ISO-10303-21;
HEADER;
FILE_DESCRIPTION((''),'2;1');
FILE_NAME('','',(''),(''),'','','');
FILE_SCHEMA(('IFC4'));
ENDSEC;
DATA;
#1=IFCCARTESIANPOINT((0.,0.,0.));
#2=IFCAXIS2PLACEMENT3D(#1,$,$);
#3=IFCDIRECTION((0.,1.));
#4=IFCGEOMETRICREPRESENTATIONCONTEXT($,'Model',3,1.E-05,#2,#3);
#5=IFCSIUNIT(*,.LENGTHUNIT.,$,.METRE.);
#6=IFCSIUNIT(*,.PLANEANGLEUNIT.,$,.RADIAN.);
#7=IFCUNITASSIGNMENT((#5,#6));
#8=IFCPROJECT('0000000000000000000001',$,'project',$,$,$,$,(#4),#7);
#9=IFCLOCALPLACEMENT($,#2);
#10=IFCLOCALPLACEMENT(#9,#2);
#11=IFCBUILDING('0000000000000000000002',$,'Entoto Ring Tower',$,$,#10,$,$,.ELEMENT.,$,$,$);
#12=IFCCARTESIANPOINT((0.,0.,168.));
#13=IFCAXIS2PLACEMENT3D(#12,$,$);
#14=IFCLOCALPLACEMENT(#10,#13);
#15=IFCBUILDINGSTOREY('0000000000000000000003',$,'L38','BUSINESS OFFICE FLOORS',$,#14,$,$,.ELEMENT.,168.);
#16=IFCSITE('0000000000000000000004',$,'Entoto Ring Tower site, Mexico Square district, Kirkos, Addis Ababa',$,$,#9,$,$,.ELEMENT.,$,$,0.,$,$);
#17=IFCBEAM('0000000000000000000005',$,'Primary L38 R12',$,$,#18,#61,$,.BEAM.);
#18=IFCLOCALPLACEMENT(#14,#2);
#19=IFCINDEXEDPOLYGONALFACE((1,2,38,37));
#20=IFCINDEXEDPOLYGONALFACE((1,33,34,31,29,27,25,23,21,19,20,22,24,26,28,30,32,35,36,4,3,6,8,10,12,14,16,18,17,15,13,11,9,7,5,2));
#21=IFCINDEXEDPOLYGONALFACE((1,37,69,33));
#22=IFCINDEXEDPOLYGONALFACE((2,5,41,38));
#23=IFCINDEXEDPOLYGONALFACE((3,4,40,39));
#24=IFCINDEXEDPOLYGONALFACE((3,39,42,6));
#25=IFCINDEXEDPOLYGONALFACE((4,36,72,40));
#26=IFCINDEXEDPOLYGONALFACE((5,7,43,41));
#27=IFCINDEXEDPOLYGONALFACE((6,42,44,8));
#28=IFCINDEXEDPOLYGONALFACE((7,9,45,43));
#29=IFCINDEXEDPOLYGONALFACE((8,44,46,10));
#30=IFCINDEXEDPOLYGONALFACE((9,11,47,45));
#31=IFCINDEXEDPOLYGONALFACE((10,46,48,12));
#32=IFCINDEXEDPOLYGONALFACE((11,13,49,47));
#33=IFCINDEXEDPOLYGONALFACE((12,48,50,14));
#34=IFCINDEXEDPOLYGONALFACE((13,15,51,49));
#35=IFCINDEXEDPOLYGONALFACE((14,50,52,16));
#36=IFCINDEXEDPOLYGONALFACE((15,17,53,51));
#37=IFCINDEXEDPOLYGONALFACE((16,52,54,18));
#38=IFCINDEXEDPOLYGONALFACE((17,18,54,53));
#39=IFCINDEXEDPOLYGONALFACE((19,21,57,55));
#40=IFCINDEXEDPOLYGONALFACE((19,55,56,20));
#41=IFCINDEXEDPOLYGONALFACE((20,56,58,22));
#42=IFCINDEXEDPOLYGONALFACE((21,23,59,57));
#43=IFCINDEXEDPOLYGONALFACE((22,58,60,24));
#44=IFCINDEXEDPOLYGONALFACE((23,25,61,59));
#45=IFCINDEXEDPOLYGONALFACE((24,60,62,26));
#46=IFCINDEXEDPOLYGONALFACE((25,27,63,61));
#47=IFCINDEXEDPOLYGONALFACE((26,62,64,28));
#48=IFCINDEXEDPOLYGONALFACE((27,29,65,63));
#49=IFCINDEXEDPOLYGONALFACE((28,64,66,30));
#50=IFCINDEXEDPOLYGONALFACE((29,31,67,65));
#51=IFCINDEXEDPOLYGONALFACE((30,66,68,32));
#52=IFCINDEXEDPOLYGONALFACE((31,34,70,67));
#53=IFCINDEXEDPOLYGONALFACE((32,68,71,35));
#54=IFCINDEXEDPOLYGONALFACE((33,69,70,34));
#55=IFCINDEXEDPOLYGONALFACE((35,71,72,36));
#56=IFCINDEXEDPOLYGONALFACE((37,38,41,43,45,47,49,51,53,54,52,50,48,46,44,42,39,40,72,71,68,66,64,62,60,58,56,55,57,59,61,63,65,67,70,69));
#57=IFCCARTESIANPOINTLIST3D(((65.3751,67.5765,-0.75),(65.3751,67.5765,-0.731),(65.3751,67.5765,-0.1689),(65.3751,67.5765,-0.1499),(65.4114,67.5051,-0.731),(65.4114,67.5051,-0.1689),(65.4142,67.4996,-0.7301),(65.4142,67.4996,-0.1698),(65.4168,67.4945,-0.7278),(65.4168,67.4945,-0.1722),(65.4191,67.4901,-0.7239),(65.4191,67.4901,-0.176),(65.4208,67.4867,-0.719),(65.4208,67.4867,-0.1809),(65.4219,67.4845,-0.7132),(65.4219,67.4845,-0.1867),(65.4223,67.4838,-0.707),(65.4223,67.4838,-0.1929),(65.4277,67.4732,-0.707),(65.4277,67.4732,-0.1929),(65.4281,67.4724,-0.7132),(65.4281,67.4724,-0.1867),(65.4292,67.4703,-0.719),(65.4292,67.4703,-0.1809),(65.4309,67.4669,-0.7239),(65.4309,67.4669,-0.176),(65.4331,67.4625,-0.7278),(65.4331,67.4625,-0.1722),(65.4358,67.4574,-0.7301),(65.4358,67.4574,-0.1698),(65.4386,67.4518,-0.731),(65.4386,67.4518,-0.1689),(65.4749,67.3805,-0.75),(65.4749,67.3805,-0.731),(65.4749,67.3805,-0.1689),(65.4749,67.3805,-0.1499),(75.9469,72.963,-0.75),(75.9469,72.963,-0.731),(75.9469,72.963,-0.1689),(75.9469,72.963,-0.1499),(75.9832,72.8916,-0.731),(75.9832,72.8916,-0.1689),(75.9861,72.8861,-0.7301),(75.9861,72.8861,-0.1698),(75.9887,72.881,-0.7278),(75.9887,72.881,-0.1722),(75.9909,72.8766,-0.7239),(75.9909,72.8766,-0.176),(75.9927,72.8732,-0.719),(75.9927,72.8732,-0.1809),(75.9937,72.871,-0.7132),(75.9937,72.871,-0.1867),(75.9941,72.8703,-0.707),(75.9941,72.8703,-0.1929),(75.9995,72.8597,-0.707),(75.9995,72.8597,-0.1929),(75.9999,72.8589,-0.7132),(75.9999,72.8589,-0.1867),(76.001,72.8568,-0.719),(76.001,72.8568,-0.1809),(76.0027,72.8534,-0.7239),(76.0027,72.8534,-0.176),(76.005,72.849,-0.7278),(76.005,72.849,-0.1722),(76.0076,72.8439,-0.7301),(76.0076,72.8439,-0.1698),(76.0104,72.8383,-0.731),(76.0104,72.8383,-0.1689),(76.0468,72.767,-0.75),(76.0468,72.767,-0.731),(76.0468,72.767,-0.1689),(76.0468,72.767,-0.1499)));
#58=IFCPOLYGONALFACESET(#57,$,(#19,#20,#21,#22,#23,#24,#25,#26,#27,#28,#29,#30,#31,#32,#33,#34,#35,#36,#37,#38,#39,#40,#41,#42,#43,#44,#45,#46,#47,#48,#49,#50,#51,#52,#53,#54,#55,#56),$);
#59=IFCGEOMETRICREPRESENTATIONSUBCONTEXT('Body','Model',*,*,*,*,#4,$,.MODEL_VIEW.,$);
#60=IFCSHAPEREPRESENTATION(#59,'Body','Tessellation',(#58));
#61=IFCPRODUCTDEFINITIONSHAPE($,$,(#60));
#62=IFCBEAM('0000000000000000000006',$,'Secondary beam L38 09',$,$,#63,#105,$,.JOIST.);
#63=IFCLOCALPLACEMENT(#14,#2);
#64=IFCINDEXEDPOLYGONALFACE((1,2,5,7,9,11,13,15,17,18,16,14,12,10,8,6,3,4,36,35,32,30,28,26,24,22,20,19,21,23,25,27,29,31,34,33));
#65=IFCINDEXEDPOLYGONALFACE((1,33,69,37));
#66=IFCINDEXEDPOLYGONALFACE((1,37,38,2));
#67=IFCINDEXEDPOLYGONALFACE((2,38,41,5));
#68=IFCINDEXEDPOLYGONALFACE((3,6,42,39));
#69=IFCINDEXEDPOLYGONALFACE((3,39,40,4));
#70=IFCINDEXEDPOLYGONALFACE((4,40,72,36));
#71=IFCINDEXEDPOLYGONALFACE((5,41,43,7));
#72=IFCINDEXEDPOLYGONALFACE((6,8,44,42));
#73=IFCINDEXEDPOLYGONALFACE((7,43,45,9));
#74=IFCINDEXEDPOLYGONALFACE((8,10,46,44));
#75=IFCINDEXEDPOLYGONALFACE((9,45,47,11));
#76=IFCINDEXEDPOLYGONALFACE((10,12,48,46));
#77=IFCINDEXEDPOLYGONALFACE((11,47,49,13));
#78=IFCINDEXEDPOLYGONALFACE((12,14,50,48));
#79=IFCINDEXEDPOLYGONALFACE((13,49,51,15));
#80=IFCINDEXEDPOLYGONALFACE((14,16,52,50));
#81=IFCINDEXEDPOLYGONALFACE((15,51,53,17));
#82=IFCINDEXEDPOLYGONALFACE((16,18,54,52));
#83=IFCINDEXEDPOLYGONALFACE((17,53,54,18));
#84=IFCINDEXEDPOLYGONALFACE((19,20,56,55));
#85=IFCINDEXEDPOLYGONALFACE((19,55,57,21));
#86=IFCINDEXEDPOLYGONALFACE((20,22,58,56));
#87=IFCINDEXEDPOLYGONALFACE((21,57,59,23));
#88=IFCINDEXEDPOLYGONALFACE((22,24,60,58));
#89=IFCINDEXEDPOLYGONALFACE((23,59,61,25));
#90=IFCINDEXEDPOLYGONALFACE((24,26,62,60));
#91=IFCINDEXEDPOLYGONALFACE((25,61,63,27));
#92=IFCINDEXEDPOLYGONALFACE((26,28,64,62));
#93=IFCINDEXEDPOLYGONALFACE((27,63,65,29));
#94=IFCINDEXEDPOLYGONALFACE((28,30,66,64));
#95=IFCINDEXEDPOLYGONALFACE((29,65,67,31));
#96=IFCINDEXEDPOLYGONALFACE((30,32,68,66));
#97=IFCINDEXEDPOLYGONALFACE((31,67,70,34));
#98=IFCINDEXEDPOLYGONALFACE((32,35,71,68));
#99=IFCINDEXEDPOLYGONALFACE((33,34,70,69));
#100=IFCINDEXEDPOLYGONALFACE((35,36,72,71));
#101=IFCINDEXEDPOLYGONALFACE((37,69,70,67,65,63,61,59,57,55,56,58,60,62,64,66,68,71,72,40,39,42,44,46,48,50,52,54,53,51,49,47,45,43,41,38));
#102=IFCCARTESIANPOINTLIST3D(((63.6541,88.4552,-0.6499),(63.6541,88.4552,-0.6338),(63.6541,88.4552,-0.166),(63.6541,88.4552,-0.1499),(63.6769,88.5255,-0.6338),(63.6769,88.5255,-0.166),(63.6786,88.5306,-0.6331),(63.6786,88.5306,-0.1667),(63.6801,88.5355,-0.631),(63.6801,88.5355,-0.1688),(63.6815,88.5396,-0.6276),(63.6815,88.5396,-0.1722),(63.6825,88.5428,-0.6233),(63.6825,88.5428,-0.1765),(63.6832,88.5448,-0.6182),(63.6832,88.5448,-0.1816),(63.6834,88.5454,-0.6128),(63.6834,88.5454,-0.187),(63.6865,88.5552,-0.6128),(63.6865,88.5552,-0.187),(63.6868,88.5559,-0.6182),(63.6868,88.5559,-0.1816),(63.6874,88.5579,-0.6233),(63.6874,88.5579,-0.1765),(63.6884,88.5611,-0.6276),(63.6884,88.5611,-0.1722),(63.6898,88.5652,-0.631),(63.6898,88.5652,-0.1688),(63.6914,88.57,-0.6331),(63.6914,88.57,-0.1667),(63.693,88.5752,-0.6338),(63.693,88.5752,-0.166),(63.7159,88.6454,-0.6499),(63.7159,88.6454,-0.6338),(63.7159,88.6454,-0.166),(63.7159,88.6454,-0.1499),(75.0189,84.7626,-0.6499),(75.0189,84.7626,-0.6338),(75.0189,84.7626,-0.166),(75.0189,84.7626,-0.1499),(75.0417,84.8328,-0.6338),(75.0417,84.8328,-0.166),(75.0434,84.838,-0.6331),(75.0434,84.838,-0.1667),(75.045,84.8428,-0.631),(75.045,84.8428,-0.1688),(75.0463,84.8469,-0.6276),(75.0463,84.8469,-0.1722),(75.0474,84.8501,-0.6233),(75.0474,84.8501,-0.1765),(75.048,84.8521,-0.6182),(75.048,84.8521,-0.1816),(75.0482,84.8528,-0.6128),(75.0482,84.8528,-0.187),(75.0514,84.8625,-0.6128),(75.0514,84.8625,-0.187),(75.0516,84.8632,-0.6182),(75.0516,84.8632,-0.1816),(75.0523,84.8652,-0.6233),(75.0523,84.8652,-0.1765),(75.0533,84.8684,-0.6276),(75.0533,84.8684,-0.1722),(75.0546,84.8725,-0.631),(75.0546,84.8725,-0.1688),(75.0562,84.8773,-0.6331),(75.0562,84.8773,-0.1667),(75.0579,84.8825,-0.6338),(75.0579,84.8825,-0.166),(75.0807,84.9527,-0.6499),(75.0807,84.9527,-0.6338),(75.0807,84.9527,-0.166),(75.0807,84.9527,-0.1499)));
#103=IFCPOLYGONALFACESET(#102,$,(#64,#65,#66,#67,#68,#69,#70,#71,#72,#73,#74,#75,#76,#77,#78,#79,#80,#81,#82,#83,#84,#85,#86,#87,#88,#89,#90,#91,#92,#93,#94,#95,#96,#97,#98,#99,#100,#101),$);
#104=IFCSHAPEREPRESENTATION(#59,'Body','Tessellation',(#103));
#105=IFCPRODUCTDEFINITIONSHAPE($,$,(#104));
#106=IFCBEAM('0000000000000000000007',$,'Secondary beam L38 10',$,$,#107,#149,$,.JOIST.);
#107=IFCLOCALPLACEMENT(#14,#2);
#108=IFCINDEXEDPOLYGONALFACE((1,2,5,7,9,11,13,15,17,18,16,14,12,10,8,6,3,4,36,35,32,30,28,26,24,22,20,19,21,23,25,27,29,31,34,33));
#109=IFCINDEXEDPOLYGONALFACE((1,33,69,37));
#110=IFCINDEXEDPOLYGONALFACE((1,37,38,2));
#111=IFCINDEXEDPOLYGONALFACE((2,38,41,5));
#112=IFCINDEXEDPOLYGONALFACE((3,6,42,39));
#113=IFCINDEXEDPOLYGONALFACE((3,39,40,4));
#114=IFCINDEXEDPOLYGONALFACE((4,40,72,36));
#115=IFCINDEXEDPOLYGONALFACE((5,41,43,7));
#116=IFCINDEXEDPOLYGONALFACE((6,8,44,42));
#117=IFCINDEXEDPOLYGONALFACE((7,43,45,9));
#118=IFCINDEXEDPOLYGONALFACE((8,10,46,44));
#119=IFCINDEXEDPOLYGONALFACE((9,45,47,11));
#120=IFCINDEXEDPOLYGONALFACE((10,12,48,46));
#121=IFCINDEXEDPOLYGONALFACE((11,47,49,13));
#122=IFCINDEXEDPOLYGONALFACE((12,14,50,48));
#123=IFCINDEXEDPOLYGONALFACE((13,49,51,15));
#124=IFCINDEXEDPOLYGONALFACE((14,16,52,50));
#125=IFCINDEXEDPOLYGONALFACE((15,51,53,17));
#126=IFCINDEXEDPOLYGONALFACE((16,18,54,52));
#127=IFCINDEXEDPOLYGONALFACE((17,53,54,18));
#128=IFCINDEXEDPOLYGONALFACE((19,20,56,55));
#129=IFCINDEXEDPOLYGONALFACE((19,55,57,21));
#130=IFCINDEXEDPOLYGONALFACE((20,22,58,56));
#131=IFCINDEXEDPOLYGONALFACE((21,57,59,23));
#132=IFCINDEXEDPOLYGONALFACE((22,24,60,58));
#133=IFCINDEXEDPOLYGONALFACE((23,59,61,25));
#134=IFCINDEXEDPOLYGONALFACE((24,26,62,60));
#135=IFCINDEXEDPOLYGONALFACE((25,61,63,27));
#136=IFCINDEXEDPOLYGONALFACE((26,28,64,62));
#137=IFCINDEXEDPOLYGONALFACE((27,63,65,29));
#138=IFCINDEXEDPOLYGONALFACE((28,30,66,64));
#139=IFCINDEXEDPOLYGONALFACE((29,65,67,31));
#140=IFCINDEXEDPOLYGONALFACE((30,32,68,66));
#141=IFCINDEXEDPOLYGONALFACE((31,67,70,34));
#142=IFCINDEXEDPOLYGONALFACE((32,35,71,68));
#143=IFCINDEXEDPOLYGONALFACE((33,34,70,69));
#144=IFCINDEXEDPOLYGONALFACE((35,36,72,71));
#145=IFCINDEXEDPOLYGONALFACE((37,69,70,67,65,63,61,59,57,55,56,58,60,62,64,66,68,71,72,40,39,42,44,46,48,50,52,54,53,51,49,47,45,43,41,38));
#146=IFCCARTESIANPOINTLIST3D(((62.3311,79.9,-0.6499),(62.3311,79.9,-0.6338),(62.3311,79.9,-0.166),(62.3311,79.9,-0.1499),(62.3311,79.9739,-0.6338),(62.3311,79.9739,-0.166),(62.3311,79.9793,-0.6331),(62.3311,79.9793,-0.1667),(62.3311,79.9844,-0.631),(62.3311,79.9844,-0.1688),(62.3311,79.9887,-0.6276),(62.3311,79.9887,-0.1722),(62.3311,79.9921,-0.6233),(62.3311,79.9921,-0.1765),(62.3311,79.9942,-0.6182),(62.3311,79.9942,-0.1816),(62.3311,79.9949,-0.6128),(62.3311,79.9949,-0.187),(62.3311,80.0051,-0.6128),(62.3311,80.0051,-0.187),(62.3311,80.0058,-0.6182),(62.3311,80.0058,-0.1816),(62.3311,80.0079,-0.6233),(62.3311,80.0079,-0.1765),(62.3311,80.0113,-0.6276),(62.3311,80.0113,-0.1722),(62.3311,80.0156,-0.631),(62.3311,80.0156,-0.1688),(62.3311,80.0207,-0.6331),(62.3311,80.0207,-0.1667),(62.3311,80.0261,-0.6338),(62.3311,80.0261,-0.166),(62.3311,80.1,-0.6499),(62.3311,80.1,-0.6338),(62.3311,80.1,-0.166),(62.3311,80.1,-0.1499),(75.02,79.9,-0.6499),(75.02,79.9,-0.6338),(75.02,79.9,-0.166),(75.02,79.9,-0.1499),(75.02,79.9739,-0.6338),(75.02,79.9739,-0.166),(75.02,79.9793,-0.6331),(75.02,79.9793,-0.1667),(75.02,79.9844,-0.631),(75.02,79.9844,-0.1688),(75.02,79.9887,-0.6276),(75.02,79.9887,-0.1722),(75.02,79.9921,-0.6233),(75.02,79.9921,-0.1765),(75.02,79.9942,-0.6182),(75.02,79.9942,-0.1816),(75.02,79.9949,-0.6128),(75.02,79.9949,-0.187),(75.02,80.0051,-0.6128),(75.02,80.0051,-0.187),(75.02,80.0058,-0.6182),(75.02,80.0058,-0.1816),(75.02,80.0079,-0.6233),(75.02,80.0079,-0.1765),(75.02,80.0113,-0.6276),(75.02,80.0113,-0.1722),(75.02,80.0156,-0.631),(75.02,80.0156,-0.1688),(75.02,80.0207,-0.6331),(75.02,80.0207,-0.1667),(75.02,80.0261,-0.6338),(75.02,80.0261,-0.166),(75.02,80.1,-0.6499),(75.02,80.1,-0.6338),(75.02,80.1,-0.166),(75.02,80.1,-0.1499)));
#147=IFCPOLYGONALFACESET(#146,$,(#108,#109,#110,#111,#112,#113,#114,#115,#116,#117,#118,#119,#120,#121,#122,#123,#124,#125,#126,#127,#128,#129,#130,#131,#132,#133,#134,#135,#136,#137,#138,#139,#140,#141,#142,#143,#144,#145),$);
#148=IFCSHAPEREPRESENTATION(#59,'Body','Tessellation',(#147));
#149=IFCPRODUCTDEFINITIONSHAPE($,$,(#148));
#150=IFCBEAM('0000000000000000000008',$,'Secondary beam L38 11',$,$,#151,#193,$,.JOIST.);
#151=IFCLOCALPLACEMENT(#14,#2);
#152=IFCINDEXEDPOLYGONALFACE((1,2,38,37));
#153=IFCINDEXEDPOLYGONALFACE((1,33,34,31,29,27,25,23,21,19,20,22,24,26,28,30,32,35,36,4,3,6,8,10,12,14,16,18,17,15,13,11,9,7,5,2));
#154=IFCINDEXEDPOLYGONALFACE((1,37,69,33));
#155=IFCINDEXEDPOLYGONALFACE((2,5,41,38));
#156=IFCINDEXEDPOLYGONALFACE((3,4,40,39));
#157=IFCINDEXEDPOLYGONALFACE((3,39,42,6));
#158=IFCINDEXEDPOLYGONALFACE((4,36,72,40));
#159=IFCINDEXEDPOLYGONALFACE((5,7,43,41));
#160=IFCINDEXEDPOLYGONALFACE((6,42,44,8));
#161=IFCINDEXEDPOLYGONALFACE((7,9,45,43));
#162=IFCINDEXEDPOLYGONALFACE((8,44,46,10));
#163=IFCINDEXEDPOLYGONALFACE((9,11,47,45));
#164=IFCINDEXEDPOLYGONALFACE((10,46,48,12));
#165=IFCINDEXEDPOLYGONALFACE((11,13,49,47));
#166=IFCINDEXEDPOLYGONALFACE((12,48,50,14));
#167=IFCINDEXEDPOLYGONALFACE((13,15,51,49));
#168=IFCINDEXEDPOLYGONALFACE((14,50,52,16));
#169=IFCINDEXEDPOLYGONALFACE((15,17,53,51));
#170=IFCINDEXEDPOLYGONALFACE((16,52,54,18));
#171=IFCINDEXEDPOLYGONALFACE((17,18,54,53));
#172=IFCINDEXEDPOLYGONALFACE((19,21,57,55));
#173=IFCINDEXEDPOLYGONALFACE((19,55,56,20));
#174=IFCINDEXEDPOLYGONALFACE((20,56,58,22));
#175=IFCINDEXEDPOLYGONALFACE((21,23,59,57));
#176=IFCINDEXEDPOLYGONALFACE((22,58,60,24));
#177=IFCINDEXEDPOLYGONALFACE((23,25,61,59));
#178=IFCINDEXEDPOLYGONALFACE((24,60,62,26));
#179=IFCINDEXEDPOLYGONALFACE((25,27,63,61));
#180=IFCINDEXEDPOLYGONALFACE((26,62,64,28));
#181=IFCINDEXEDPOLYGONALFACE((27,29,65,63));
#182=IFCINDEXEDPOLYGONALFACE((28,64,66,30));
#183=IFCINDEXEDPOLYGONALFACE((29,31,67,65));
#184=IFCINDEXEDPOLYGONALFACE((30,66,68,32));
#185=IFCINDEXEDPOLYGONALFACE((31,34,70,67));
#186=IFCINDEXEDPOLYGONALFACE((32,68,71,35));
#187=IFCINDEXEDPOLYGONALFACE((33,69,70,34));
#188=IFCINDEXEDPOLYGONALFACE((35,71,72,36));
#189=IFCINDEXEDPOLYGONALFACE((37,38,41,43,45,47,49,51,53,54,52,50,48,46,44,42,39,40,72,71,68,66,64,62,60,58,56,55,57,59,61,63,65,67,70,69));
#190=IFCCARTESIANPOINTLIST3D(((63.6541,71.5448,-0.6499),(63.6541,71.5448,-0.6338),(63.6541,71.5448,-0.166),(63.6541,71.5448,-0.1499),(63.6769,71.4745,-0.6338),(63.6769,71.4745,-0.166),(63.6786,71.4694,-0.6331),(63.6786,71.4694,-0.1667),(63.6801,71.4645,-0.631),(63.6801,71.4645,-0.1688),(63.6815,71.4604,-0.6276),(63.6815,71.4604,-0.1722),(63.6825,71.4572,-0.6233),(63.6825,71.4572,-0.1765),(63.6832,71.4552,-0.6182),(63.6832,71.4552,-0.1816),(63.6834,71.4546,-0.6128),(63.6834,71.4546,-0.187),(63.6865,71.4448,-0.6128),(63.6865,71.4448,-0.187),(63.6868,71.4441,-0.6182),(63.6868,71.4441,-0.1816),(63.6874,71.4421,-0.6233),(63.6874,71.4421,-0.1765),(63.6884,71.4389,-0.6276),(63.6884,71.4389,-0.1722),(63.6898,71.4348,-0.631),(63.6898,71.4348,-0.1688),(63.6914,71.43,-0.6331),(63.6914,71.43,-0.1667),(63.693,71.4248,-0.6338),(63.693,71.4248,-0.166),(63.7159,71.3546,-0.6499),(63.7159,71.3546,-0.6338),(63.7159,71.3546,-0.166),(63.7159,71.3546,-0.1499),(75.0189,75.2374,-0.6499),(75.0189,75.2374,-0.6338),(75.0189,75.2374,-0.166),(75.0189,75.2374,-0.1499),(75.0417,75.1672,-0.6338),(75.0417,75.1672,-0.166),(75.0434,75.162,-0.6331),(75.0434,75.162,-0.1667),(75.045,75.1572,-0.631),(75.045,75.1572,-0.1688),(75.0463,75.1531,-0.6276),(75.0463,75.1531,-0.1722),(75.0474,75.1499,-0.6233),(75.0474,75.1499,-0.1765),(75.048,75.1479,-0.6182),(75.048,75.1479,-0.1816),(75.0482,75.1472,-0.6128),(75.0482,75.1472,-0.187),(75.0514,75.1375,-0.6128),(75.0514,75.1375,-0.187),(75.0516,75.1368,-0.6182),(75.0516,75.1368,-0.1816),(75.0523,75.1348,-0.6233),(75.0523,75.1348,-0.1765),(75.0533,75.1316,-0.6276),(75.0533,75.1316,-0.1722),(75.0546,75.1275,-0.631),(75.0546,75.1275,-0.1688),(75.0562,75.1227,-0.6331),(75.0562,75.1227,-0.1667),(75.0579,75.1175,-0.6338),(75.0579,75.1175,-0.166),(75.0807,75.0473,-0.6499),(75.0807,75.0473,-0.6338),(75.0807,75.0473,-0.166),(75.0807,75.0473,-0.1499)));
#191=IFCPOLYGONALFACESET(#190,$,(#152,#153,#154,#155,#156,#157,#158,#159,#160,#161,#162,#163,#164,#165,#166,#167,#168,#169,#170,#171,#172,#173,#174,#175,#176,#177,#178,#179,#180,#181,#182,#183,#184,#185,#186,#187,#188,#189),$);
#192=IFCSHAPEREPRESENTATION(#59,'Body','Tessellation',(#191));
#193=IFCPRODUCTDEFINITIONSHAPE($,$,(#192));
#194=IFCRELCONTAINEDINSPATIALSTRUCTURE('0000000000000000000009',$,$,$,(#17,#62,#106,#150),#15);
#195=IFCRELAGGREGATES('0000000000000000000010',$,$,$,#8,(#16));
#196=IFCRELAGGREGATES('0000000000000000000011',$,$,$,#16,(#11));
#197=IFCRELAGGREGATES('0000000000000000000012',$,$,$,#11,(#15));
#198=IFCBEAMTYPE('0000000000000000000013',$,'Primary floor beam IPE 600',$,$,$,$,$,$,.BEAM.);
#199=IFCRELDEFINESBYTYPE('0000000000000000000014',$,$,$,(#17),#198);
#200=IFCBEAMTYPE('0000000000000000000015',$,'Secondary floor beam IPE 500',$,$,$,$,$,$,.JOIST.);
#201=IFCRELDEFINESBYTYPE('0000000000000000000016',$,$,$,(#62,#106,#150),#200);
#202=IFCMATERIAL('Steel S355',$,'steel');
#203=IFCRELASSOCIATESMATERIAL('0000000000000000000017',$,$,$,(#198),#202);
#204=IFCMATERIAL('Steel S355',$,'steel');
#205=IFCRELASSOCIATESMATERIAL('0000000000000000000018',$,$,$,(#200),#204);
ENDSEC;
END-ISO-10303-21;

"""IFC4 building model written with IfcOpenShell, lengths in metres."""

from ifc_helpers import new_model, si_unit, direction, frame, origin, origin_2d, place, context, subcontext, project, spatial, i_section, extrude, material, material_profile, profile_set, type_object, element, save


model = new_model("IFC4")

# Units and contexts
model_context = context("Model", 3, precision=1e-05, world=origin(), true_north=direction((0.0, 1.0)))
body_context = subcontext(model_context, "Body", "Model", "MODEL_VIEW")
ifc_project = project(units=[si_unit("LENGTHUNIT", "METRE"), si_unit("PLANEANGLEUNIT", "RADIAN")], contexts=[model_context])

# Site, building, storey
site_placement = place(None, origin())
site = spatial("IfcSite", under=ifc_project, at=site_placement, Name="Entoto Ring Tower site, Mexico Square district, Kirkos, Addis Ababa", CompositionType="ELEMENT", RefElevation=0.0)
building_placement = place(site_placement, origin())
building = spatial("IfcBuilding", under=site, at=building_placement, Name="Entoto Ring Tower", CompositionType="ELEMENT")
storey_placement = place(building_placement, frame((0.0, 0.0, 168.0)))
storey = spatial("IfcBuildingStorey", under=building, at=storey_placement, Name="L38", Description="BUSINESS OFFICE FLOORS", CompositionType="ELEMENT", Elevation=168.0)

# Beams
ifc_material_1 = material(Name="Steel S355", Category="steel")
ifc_material_profile_1 = material_profile(ifc_material_1, i_section(OverallWidth=0.22, OverallDepth=0.6001, WebThickness=0.012, FlangeThickness=0.019, FilletRadius=0.0239, at=origin_2d()), Name="IPE 600")
ifc_profile_set_1 = profile_set([ifc_material_profile_1], Name="Steel S355")
beam_type_1 = type_object("IfcBeamType", Name="Primary floor beam IPE 600", PredefinedType="BEAM", material=ifc_profile_set_1)
beam_1_placement = place(storey_placement, frame((75.9968, 72.865, -0.45), z_axis=(-0.89101, -0.453983, 0.0), x_axis=(0.453983, -0.89101, 0.0)))
element("IfcBeam", 1, at=beam_1_placement, inside=storey, type_object=beam_type_1, Name="Primary L38 R12", PredefinedType="BEAM", context=body_context, shape_type="SweptSolid", body=[
    extrude(i_section(OverallWidth=0.22, OverallDepth=0.6001, WebThickness=0.012, FlangeThickness=0.019, FilletRadius=0.0239, at=origin_2d()), origin(), (0.0, 0.0, 1.0), 11.865),
])
ifc_material_2 = material(Name="Steel S355", Category="steel")
ifc_material_profile_2 = material_profile(ifc_material_2, i_section(OverallWidth=0.2, OverallDepth=0.5, WebThickness=0.0103, FlangeThickness=0.0161, FilletRadius=0.021, at=origin_2d()), Name="IPE 500")
ifc_profile_set_2 = profile_set([ifc_material_profile_2], Name="Steel S355")
beam_type_2 = type_object("IfcBeamType", Name="Secondary floor beam IPE 500", PredefinedType="JOIST", material=ifc_profile_set_2)
beam_2_placement = place(storey_placement, frame((75.0498, 84.8577, -0.3999), z_axis=(-0.951057, 0.309017, 0.0), x_axis=(-0.309017, -0.951057, 0.0)))
element("IfcBeam", 2, at=beam_2_placement, inside=storey, type_object=beam_type_2, Name="Secondary beam L38 09", PredefinedType="JOIST", context=body_context, shape_type="SweptSolid", body=[
    extrude(i_section(OverallWidth=0.2, OverallDepth=0.5, WebThickness=0.0103, FlangeThickness=0.0161, FilletRadius=0.021, at=origin_2d()), origin(), (0.0, 0.0, 1.0), 11.9497),
])
beam_3_placement = place(storey_placement, frame((75.02, 80.0, -0.3999), z_axis=(-1.0, 0.0, 0.0), x_axis=(0.0, -1.0, 0.0)))
element("IfcBeam", 3, at=beam_3_placement, inside=storey, type_object=beam_type_2, Name="Secondary beam L38 10", PredefinedType="JOIST", context=body_context, shape_type="SweptSolid", body=[
    extrude(i_section(OverallWidth=0.2, OverallDepth=0.5, WebThickness=0.0103, FlangeThickness=0.0161, FilletRadius=0.021, at=origin_2d()), origin(), (0.0, 0.0, 1.0), 12.689),
])
beam_4_placement = place(storey_placement, frame((75.0498, 75.1423, -0.3999), z_axis=(-0.951057, -0.309017, 0.0), x_axis=(0.309017, -0.951057, 0.0)))
element("IfcBeam", 4, at=beam_4_placement, inside=storey, type_object=beam_type_2, Name="Secondary beam L38 11", PredefinedType="JOIST", context=body_context, shape_type="SweptSolid", body=[
    extrude(i_section(OverallWidth=0.2, OverallDepth=0.5, WebThickness=0.0103, FlangeThickness=0.0161, FilletRadius=0.021, at=origin_2d()), origin(), (0.0, 0.0, 1.0), 11.9497),
])

save(model, "model.ifc")
